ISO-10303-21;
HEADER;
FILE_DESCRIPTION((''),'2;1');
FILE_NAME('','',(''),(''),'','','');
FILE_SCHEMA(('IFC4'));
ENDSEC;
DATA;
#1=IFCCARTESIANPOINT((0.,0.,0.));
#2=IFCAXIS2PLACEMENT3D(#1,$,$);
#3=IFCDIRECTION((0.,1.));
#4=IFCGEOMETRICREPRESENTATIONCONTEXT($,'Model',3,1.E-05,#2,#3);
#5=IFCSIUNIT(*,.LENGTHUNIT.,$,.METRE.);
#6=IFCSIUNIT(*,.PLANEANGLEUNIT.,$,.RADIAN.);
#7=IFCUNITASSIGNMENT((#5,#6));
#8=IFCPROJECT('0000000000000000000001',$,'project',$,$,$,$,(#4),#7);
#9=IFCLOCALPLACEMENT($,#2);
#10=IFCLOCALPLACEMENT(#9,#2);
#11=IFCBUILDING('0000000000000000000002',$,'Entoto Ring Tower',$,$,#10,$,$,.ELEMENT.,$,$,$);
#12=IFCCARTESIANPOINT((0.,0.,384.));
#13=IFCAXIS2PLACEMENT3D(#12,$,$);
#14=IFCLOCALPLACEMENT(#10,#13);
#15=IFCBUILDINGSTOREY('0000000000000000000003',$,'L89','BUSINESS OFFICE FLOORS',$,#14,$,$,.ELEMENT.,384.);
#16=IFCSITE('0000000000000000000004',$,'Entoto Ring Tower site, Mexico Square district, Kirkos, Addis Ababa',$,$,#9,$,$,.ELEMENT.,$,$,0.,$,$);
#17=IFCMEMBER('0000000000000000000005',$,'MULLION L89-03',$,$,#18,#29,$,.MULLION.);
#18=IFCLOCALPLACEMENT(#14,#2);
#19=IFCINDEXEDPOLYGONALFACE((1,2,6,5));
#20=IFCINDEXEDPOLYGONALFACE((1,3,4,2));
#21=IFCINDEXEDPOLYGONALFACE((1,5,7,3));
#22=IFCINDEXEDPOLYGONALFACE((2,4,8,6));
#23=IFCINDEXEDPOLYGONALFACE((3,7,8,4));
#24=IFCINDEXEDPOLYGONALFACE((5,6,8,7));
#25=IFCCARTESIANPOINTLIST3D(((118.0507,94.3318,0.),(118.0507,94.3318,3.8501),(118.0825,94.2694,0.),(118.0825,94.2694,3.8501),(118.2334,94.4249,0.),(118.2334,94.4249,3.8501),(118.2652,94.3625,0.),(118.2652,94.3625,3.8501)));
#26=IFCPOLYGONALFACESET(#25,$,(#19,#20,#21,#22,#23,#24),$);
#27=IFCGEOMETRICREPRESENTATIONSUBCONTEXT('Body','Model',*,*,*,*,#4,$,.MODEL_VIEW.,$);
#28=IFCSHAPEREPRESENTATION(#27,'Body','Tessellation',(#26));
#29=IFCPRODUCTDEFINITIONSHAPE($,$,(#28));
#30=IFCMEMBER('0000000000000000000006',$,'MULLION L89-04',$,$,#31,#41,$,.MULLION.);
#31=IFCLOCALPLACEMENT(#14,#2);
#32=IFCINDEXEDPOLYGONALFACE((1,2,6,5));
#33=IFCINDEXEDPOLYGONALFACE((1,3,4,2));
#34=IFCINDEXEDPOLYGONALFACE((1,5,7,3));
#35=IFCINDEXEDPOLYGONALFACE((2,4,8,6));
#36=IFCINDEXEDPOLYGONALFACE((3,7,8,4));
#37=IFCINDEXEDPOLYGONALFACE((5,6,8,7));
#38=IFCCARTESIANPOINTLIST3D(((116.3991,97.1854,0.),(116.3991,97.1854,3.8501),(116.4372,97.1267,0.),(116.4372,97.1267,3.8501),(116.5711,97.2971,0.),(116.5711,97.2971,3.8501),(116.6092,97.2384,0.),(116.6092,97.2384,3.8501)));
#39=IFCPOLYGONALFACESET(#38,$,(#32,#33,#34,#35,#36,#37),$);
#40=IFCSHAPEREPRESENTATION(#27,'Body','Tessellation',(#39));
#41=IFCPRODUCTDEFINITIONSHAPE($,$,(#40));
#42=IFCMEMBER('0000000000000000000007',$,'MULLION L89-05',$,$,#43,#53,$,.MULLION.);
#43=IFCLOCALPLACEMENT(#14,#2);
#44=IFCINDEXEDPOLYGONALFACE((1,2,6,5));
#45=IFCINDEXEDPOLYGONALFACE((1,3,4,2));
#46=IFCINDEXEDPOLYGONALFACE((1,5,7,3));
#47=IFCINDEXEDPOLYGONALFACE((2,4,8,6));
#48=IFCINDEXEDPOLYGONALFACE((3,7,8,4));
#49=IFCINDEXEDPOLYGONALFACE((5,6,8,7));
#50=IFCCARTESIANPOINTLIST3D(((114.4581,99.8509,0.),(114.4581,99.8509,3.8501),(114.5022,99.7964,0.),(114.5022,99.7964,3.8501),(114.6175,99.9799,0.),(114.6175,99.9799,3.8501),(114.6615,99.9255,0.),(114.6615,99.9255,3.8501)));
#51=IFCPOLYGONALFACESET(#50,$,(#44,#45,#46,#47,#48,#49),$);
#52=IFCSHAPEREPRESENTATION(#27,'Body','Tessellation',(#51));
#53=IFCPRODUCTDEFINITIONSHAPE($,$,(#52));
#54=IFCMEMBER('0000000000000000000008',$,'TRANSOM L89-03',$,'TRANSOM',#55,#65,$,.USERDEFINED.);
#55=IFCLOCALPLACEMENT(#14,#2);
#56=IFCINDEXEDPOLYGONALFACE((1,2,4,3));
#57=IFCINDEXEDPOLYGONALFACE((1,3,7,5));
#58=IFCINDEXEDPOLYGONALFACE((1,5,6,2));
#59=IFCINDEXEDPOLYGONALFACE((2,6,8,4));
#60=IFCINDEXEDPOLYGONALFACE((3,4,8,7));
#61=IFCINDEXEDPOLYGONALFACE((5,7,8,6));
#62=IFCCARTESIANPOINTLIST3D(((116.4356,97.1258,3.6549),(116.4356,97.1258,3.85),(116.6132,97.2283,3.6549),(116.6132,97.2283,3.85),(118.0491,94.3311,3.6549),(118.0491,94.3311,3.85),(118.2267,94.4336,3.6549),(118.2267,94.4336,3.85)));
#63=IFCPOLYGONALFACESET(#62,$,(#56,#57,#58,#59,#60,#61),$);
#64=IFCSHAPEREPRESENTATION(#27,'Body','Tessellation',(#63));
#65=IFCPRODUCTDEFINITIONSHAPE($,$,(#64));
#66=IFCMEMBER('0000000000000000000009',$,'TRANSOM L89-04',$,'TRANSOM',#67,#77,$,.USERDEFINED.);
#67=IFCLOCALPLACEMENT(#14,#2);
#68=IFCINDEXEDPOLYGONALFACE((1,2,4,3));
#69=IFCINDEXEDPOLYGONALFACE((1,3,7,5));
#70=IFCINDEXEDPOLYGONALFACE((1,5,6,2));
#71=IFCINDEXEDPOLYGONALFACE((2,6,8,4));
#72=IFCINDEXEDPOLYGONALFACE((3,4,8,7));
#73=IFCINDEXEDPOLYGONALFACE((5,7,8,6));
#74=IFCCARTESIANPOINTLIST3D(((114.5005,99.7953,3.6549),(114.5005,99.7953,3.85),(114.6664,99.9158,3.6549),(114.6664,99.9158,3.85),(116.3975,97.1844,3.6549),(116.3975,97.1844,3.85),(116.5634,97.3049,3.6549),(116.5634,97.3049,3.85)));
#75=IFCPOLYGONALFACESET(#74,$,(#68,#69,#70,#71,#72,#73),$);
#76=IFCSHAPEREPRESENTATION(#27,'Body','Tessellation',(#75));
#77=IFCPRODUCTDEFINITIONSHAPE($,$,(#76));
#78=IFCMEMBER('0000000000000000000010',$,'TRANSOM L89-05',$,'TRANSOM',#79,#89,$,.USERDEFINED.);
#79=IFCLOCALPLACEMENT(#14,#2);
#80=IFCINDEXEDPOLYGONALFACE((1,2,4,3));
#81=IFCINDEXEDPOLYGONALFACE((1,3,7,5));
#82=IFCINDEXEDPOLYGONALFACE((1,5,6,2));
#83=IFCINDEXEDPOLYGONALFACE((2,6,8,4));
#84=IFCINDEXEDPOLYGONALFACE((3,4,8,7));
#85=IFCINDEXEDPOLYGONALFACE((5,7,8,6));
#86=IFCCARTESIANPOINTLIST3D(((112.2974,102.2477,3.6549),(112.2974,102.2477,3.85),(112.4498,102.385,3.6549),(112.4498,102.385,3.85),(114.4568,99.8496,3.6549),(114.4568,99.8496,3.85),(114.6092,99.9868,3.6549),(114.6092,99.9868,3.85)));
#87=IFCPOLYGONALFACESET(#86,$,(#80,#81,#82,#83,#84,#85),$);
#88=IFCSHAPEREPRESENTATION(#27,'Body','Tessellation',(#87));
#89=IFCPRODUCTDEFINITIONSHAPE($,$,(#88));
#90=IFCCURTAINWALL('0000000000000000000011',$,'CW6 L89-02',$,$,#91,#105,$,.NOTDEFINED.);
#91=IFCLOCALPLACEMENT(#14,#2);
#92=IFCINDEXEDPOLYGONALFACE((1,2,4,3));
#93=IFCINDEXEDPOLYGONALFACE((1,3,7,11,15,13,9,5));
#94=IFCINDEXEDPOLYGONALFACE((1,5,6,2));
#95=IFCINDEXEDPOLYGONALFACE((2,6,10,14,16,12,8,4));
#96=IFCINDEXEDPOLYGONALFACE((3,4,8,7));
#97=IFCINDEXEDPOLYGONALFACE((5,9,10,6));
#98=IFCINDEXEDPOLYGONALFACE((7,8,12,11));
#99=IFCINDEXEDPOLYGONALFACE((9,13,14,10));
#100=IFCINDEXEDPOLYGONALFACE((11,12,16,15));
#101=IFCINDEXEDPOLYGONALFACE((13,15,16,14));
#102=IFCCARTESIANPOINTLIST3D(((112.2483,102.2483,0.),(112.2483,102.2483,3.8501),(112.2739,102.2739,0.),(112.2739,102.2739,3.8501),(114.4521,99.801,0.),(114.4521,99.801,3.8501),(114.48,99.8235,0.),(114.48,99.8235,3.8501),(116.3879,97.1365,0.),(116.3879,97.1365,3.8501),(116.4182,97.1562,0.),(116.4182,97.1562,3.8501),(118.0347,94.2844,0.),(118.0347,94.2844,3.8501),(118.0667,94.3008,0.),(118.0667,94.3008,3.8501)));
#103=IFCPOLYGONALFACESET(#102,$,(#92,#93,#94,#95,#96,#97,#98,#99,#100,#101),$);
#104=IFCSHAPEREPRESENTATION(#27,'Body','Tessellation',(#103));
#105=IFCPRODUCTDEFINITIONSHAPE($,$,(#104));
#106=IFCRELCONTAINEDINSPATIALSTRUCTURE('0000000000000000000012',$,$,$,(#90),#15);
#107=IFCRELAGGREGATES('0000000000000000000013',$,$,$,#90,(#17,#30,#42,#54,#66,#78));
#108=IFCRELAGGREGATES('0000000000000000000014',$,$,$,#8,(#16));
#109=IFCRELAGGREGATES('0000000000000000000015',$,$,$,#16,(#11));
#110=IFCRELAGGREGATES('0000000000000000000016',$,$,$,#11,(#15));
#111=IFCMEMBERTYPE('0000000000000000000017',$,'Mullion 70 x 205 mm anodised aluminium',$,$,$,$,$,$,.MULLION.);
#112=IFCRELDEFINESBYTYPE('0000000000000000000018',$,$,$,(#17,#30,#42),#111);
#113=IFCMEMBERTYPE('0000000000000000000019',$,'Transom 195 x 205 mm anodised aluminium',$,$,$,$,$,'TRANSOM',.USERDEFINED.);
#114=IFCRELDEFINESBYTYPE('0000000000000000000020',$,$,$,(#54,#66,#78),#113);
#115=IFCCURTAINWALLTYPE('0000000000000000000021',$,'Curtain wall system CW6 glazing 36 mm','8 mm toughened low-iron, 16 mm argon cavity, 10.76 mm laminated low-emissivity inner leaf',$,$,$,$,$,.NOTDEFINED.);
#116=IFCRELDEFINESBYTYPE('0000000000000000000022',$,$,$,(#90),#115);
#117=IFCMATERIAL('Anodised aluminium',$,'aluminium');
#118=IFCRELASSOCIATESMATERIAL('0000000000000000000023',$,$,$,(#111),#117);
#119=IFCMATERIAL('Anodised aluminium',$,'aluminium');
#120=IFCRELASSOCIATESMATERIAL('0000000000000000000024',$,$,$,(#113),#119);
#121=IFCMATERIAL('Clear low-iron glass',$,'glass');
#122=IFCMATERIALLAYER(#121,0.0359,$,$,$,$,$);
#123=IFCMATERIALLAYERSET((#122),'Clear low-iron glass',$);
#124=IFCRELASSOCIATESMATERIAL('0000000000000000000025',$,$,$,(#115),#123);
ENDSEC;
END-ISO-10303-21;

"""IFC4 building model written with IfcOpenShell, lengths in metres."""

from ifc_helpers import new_model, si_unit, direction, frame, origin, origin_2d, place, context, subcontext, project, spatial, polyline, rectangle, outline, extrude, material, layer, layer_set, material_profile, profile_set, type_object, element, aggregate, save


model = new_model("IFC4")

# Units and contexts
model_context = context("Model", 3, precision=1e-05, world=origin(), true_north=direction((0.0, 1.0)))
body_context = subcontext(model_context, "Body", "Model", "MODEL_VIEW")
ifc_project = project(units=[si_unit("LENGTHUNIT", "METRE"), si_unit("PLANEANGLEUNIT", "RADIAN")], contexts=[model_context])

# Members
ifc_material_1 = material(Name="Anodised aluminium", Category="aluminium")
ifc_material_profile_1 = material_profile(ifc_material_1, rectangle(XDim=0.0701, YDim=0.2051, at=origin_2d()), Name="Mullion 70 x 205 mm anodised aluminium")
ifc_profile_set_1 = profile_set([ifc_material_profile_1], Name="Anodised aluminium")
member_type_1 = type_object("IfcMemberType", Name="Mullion 70 x 205 mm anodised aluminium", PredefinedType="MULLION", material=ifc_profile_set_1)
site_placement = place(None, origin())
building_placement = place(site_placement, origin())
storey_placement = place(building_placement, frame((0.0, 0.0, 384.0)))
member_1_placement = place(storey_placement, frame((118.158, 94.3472, 0.0), z_axis=(0.0, 0.0, 1.0), x_axis=(-0.45399, 0.891007, 0.0)))
member_1 = element("IfcMember", 1, at=member_1_placement, type_object=member_type_1, Name="MULLION L89-03", PredefinedType="MULLION", context=body_context, shape_type="SweptSolid", body=[
    extrude(rectangle(XDim=0.0701, YDim=0.2051, at=origin_2d()), origin(), (0.0, 0.0, 1.0), 3.8501),
])
member_2_placement = place(storey_placement, frame((116.5042, 97.2119, 0.0), z_axis=(0.0, 0.0, 1.0), x_axis=(-0.544639, 0.838671, 0.0)))
member_2 = element("IfcMember", 2, at=member_2_placement, type_object=member_type_1, Name="MULLION L89-04", PredefinedType="MULLION", context=body_context, shape_type="SweptSolid", body=[
    extrude(rectangle(XDim=0.0701, YDim=0.2051, at=origin_2d()), origin(), (0.0, 0.0, 1.0), 3.8501),
])
member_3_placement = place(storey_placement, frame((114.5598, 99.8882, 0.0), z_axis=(0.0, 0.0, 1.0), x_axis=(-0.62932, 0.777146, 0.0)))
member_3 = element("IfcMember", 3, at=member_3_placement, type_object=member_type_1, Name="MULLION L89-05", PredefinedType="MULLION", context=body_context, shape_type="SweptSolid", body=[
    extrude(rectangle(XDim=0.0701, YDim=0.2051, at=origin_2d()), origin(), (0.0, 0.0, 1.0), 3.8501),
])
ifc_material_2 = material(Name="Anodised aluminium", Category="aluminium")
ifc_material_profile_2 = material_profile(ifc_material_2, rectangle(XDim=0.2051, YDim=0.1951, at=origin_2d()), Name="Transom 195 x 205 mm anodised aluminium")
ifc_profile_set_2 = profile_set([ifc_material_profile_2], Name="Anodised aluminium")
member_type_2 = type_object("IfcMemberType", Name="Transom 195 x 205 mm anodised aluminium", ElementType="TRANSOM", PredefinedType="USERDEFINED", material=ifc_profile_set_2)
member_4_placement = place(storey_placement, frame((118.1379, 94.3823, 3.7524), z_axis=(-0.500004, 0.866023, 0.0), x_axis=(-0.866023, -0.500004, 0.0)))
member_4 = element("IfcMember", 4, at=member_4_placement, type_object=member_type_2, Name="TRANSOM L89-03", ObjectType="TRANSOM", PredefinedType="USERDEFINED", context=body_context, shape_type="SweptSolid", body=[
    extrude(rectangle(XDim=0.2051, YDim=0.1951, at=origin_2d()), origin(), (0.0, 0.0, 1.0), 3.2271),
])
member_5_placement = place(storey_placement, frame((116.4805, 97.2446, 3.7524), z_axis=(-0.587803, 0.809004, 0.0), x_axis=(-0.809004, -0.587803, 0.0)))
member_5 = element("IfcMember", 5, at=member_5_placement, type_object=member_type_2, Name="TRANSOM L89-04", ObjectType="TRANSOM", PredefinedType="USERDEFINED", context=body_context, shape_type="SweptSolid", body=[
    extrude(rectangle(XDim=0.2051, YDim=0.1951, at=origin_2d()), origin(), (0.0, 0.0, 1.0), 3.2273),
])
member_6_placement = place(storey_placement, frame((114.533, 99.9182, 3.7524), z_axis=(-0.669144, 0.743132, 0.0), x_axis=(-0.743132, -0.669144, 0.0)))
member_6 = element("IfcMember", 6, at=member_6_placement, type_object=member_type_2, Name="TRANSOM L89-05", ObjectType="TRANSOM", PredefinedType="USERDEFINED", context=body_context, shape_type="SweptSolid", body=[
    extrude(rectangle(XDim=0.2051, YDim=0.1951, at=origin_2d()), origin(), (0.0, 0.0, 1.0), 3.2271),
])

# Site, building, storey
site = spatial("IfcSite", under=ifc_project, at=site_placement, Name="Entoto Ring Tower site, Mexico Square district, Kirkos, Addis Ababa", CompositionType="ELEMENT", RefElevation=0.0)
building = spatial("IfcBuilding", under=site, at=building_placement, Name="Entoto Ring Tower", CompositionType="ELEMENT")
storey = spatial("IfcBuildingStorey", under=building, at=storey_placement, Name="L89", Description="BUSINESS OFFICE FLOORS", CompositionType="ELEMENT", Elevation=384.0)

# Curtain wall
ifc_material_3 = material(Name="Clear low-iron glass", Category="glass")
ifc_layer_1 = layer(ifc_material_3, 0.0359)
ifc_layer_set_1 = layer_set([ifc_layer_1], Name="Clear low-iron glass")
curtain_wall_type = type_object("IfcCurtainWallType", Name="Curtain wall system CW6 glazing 36 mm", Description="8 mm toughened low-iron, 16 mm argon cavity, 10.76 mm laminated low-emissivity inner leaf", PredefinedType="NOTDEFINED", material=ifc_layer_set_1)
curtain_wall_1_placement = place(storey_placement, origin())
curtain_wall_1 = element("IfcCurtainWall", 7, at=curtain_wall_1_placement, inside=storey, type_object=curtain_wall_type, Name="CW6 L89-02", PredefinedType="NOTDEFINED", context=body_context, shape_type="SweptSolid", body=[
    extrude(outline(polyline([(118.0667, 94.3008), (116.4182, 97.1562), (114.48, 99.8235), (112.2739, 102.2739), (112.2483, 102.2483), (114.4521, 99.801), (116.3879, 97.1365), (118.0347, 94.2844), (118.0667, 94.3008)])), origin(), (0.0, 0.0, 1.0), 3.8501),
])
aggregate(curtain_wall_1, [member_1, member_2, member_3, member_4, member_5, member_6])

save(model, "model.ifc")
